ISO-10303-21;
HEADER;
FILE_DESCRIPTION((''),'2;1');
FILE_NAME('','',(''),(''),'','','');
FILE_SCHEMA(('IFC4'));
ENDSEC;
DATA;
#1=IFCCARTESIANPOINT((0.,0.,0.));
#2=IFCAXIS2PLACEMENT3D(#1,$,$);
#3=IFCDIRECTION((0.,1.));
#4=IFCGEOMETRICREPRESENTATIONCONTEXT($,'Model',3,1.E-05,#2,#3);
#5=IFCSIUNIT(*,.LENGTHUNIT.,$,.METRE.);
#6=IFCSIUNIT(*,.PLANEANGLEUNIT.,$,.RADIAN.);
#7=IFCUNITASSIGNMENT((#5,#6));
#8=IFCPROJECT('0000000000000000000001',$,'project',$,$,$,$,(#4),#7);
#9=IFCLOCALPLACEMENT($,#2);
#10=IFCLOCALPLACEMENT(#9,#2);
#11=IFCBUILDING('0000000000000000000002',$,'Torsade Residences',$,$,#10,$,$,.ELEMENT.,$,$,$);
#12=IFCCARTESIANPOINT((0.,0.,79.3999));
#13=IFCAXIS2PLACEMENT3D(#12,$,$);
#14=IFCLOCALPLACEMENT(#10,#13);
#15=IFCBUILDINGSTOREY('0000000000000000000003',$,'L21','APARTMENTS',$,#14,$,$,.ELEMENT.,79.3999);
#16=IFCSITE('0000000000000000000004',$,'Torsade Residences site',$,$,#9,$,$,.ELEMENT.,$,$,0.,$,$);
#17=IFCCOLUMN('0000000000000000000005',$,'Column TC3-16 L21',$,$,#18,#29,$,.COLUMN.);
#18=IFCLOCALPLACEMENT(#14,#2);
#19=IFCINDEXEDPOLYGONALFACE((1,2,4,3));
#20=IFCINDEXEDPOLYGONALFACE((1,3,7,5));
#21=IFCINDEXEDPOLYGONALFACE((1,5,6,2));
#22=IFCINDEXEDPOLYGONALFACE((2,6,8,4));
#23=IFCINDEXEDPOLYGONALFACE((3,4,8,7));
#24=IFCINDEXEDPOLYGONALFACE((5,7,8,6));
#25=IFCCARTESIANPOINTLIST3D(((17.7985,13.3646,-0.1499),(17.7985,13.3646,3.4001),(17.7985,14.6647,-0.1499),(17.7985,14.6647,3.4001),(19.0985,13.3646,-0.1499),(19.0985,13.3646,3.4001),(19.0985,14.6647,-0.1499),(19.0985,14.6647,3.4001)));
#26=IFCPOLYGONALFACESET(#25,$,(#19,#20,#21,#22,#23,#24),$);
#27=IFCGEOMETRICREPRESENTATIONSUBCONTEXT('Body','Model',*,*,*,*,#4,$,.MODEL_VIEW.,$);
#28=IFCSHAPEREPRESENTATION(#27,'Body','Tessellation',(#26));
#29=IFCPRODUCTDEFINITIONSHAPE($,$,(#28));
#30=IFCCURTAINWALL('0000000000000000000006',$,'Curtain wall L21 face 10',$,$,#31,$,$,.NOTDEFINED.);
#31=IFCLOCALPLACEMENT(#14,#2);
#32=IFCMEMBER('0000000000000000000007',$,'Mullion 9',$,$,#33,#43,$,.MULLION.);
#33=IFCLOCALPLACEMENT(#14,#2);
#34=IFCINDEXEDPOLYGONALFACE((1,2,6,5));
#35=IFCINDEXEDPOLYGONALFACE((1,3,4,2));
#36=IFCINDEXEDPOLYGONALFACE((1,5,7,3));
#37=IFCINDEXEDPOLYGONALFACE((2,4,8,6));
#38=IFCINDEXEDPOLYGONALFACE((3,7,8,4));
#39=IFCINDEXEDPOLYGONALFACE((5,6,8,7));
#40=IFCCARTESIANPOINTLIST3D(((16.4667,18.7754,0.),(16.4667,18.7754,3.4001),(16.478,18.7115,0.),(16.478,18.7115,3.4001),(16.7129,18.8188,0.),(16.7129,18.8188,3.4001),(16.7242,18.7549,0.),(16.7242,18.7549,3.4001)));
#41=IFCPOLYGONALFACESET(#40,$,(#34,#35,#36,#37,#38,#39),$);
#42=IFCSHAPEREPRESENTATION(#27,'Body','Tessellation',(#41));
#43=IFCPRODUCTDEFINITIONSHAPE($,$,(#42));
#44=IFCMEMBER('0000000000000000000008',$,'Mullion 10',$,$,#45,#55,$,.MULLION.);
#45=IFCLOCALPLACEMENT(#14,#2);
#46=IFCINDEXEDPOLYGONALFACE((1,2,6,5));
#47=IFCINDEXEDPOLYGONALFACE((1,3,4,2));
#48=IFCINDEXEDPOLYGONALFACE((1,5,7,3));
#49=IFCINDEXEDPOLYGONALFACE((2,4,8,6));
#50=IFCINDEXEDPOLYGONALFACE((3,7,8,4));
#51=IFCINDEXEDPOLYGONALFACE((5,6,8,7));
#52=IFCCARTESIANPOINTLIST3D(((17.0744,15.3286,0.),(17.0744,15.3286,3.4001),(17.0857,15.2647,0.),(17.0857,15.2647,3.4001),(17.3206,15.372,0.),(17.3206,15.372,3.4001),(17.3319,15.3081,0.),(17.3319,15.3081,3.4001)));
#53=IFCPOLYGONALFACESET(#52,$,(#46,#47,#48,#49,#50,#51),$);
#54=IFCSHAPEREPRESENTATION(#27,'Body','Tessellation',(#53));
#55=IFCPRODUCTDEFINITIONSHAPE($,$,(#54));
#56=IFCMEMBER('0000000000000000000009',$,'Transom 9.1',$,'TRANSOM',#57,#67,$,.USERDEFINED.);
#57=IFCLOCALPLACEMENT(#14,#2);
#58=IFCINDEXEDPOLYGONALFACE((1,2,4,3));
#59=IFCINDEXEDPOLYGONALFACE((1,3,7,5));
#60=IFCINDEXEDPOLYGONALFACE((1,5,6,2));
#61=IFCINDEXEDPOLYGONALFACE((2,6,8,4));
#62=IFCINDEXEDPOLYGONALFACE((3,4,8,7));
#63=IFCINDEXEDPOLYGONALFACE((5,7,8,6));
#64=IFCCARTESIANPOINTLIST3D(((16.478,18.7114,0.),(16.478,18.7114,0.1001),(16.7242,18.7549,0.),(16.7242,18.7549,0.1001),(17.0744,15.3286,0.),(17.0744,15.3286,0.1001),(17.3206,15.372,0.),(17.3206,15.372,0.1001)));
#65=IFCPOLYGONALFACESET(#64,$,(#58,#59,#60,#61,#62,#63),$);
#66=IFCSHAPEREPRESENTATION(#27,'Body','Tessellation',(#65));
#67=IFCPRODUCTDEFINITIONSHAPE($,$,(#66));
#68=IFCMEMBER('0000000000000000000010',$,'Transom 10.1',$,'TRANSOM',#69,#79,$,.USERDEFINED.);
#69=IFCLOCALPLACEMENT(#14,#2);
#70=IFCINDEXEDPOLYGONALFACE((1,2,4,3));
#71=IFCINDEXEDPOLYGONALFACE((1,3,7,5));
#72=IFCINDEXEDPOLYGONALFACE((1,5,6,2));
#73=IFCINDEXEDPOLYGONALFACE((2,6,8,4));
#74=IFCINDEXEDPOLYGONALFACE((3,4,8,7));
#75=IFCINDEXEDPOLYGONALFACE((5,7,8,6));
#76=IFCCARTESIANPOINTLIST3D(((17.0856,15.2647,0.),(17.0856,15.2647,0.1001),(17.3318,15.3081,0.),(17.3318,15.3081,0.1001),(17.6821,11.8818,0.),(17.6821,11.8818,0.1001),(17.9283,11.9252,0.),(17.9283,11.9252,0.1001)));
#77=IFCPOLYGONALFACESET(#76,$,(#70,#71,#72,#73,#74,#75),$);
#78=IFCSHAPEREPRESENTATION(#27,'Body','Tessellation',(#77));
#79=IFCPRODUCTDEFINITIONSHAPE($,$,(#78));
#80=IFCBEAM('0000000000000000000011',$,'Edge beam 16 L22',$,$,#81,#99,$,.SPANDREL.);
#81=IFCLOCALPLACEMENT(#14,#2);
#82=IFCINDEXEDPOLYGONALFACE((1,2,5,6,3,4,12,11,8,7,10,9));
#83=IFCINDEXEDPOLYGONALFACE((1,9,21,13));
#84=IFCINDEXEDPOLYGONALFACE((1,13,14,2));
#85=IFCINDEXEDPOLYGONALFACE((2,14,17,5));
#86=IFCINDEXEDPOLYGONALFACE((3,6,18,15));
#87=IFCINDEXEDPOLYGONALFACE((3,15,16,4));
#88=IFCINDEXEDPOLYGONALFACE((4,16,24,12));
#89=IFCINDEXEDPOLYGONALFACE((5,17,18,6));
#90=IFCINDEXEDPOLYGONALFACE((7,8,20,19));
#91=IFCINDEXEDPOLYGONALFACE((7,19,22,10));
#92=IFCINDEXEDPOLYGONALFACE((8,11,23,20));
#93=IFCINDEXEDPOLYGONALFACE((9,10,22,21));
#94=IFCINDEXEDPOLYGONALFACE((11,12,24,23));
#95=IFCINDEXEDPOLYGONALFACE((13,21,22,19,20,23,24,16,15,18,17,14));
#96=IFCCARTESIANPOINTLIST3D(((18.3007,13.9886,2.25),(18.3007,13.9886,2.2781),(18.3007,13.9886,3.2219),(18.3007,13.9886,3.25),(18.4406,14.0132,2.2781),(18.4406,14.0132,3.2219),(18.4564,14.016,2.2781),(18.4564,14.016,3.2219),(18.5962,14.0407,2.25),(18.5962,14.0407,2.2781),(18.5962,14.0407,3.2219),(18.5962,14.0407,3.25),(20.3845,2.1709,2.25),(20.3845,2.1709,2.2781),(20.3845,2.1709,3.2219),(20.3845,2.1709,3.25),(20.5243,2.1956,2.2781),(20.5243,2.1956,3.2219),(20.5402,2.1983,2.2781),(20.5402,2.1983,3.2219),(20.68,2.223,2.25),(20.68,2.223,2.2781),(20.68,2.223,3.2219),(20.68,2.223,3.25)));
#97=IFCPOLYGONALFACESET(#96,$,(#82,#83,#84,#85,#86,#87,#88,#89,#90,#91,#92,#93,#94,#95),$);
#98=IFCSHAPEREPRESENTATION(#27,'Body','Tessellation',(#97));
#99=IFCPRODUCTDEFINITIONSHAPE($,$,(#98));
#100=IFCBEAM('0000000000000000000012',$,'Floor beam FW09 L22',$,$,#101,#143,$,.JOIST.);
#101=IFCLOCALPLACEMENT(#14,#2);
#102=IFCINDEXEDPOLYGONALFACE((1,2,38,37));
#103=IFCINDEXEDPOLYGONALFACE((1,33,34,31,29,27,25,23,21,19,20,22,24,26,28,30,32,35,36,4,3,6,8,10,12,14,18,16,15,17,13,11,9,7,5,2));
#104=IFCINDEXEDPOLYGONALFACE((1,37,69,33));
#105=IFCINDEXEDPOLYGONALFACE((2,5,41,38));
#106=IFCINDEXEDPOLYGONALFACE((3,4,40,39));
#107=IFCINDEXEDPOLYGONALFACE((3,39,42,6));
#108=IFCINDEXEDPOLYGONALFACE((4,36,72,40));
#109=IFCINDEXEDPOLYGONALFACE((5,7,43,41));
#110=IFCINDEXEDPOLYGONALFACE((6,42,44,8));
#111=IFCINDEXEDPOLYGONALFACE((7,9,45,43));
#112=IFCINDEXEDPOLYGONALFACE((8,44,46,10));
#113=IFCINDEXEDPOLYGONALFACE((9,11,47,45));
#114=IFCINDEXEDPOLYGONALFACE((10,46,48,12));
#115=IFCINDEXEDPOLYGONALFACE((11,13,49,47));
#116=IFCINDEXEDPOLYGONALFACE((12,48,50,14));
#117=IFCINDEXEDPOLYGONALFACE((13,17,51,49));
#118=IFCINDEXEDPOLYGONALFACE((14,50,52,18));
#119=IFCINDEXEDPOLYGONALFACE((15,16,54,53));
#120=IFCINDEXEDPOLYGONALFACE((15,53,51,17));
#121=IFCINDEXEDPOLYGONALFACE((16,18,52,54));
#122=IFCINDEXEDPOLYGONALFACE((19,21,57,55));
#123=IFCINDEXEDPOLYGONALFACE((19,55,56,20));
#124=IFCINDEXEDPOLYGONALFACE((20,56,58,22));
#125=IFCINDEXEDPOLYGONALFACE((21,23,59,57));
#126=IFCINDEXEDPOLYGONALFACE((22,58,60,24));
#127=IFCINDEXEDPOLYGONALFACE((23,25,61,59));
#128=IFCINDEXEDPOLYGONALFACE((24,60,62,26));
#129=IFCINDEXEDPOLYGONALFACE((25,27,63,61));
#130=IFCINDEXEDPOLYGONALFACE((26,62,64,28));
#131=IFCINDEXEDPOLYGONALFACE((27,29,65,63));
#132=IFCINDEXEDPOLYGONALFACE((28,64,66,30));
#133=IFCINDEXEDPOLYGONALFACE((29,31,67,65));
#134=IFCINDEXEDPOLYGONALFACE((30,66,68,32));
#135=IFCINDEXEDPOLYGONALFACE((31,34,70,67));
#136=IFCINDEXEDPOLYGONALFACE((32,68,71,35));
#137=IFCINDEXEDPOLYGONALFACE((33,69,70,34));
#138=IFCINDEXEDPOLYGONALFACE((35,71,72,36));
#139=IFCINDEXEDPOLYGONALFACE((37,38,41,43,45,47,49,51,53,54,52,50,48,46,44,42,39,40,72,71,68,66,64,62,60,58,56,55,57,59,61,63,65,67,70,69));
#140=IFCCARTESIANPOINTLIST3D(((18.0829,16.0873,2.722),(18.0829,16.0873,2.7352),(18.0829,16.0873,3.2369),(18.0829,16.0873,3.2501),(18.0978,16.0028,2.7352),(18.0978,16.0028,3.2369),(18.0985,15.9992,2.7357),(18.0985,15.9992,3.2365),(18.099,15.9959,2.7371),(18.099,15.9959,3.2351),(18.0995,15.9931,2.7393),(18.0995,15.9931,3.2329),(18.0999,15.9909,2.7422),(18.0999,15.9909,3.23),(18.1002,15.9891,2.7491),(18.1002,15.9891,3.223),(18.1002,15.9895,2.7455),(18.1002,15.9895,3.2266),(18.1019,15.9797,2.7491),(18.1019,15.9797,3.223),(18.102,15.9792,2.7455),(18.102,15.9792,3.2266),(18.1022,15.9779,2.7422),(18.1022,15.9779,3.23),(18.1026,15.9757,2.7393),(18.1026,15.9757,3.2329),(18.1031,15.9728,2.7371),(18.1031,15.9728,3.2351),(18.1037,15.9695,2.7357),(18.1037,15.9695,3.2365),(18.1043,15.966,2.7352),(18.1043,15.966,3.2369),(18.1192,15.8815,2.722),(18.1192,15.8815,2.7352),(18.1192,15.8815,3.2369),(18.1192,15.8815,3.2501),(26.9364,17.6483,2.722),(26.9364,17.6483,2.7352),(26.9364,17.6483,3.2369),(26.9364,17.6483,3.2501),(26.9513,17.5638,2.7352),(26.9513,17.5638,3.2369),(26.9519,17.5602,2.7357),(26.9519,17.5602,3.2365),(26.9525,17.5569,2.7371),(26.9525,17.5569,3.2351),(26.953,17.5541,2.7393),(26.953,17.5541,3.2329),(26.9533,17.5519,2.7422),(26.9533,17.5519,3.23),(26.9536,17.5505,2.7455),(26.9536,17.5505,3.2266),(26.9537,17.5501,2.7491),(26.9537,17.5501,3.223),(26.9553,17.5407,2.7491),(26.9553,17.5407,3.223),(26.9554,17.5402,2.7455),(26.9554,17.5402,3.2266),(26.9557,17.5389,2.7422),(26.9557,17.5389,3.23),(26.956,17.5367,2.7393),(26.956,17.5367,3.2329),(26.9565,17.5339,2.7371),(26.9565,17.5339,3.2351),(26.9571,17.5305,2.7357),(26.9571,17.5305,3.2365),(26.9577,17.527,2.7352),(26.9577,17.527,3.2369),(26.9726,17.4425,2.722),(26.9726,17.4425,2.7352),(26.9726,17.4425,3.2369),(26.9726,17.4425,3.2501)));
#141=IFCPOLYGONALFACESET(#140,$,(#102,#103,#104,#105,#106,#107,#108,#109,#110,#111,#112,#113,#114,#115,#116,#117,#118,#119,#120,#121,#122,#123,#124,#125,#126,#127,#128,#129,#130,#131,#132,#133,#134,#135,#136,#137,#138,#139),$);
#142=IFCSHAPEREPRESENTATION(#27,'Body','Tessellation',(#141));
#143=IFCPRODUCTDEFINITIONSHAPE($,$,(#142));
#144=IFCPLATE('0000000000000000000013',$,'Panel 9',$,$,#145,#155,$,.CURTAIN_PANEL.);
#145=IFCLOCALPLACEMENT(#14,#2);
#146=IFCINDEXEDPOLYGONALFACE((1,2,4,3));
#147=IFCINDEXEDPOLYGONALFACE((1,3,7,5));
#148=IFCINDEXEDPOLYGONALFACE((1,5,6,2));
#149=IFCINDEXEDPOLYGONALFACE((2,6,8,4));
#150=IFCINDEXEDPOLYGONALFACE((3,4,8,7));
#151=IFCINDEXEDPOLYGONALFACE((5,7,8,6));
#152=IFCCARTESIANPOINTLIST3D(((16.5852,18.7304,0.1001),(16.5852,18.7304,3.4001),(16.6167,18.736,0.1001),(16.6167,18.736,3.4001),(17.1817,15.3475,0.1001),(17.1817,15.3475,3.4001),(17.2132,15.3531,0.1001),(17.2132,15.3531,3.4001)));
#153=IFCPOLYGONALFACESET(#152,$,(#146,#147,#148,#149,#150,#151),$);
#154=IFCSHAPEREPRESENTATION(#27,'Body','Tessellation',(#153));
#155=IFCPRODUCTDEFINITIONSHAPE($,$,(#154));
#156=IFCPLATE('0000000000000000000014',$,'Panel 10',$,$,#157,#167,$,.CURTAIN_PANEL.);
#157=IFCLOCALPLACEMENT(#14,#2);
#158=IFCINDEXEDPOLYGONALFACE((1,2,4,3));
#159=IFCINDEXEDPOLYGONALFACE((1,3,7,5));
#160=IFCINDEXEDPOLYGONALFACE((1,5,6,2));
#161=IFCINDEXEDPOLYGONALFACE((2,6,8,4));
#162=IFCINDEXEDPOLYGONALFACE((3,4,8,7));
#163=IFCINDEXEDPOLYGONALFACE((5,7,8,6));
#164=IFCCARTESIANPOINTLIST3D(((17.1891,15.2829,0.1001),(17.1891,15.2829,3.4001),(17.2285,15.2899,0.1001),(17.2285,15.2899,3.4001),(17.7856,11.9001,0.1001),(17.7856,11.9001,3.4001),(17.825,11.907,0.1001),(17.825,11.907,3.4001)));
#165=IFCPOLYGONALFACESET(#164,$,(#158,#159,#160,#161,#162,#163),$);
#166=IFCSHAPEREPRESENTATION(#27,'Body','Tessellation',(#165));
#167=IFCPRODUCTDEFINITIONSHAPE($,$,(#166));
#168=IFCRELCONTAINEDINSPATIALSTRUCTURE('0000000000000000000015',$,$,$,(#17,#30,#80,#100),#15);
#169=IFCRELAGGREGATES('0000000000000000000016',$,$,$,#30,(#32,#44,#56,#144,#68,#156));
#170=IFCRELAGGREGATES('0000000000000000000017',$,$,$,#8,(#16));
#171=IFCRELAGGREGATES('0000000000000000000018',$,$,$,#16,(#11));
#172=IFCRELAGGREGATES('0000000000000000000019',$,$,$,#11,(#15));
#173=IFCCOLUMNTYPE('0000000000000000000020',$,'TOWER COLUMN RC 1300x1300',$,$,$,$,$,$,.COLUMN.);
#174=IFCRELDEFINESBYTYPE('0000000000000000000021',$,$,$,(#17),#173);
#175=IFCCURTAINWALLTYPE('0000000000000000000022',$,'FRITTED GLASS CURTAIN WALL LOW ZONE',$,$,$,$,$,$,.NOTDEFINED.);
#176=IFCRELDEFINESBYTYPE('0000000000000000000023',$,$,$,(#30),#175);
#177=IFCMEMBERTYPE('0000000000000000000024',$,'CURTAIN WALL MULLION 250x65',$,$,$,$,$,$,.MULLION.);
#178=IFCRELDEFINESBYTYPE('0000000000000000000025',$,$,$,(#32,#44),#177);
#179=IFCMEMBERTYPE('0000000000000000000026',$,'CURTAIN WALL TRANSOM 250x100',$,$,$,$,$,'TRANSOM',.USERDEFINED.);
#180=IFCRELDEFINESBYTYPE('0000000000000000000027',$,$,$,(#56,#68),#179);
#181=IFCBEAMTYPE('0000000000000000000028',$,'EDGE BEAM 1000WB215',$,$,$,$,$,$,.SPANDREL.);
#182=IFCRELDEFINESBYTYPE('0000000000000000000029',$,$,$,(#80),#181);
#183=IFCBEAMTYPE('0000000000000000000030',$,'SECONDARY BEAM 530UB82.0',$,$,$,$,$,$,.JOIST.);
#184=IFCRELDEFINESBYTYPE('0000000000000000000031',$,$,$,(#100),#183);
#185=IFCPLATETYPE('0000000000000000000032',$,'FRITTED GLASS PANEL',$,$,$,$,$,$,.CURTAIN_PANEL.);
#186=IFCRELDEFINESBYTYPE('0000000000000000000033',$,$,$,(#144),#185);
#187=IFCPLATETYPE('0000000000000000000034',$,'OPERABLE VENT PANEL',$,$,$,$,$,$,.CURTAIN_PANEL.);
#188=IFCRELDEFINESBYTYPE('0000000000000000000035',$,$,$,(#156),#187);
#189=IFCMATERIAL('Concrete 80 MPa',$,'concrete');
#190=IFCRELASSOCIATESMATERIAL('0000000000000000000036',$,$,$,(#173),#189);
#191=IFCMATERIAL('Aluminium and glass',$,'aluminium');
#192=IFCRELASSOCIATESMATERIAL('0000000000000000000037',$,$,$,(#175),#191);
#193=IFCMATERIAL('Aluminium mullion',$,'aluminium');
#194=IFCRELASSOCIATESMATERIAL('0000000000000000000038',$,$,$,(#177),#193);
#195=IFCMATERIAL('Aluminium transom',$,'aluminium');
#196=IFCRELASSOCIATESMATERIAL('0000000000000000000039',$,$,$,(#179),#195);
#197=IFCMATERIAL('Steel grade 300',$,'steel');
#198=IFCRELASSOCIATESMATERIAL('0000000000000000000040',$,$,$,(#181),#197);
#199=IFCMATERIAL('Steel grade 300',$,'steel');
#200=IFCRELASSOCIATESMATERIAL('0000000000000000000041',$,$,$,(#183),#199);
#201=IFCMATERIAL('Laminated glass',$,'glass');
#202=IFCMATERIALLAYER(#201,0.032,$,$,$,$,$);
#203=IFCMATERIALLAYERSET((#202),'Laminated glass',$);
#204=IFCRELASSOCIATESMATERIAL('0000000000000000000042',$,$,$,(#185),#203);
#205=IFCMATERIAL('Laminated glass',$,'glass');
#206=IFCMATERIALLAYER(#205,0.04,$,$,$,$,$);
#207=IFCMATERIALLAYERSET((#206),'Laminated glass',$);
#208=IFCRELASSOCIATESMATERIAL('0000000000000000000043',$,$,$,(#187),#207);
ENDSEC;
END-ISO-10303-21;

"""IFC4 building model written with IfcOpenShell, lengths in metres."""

from ifc_helpers import new_model, si_unit, direction, frame, origin, origin_2d, place, context, subcontext, project, spatial, rectangle, i_section, extrude, material, layer, layer_set, material_profile, profile_set, type_object, element, aggregate, save


model = new_model("IFC4")

# Units and contexts
model_context = context("Model", 3, precision=1e-05, world=origin(), true_north=direction((0.0, 1.0)))
body_context = subcontext(model_context, "Body", "Model", "MODEL_VIEW")
ifc_project = project(units=[si_unit("LENGTHUNIT", "METRE"), si_unit("PLANEANGLEUNIT", "RADIAN")], contexts=[model_context])

# Site, building, storey
site_placement = place(None, origin())
site = spatial("IfcSite", under=ifc_project, at=site_placement, Name="Torsade Residences site", CompositionType="ELEMENT", RefElevation=0.0)
building_placement = place(site_placement, origin())
building = spatial("IfcBuilding", under=site, at=building_placement, Name="Torsade Residences", CompositionType="ELEMENT")
storey_placement = place(building_placement, frame((0.0, 0.0, 79.3999)))
storey = spatial("IfcBuildingStorey", under=building, at=storey_placement, Name="L21", Description="APARTMENTS", CompositionType="ELEMENT", Elevation=79.3999)

# Column
ifc_material_1 = material(Name="Concrete 80 MPa", Category="concrete")
ifc_material_profile_1 = material_profile(ifc_material_1, rectangle(XDim=1.3, YDim=1.3, at=origin_2d()), Name="RC 1300x1300")
ifc_profile_set_1 = profile_set([ifc_material_profile_1], Name="Concrete 80 MPa")
column_type = type_object("IfcColumnType", Name="TOWER COLUMN RC 1300x1300", PredefinedType="COLUMN", material=ifc_profile_set_1)
column_placement = place(storey_placement, frame((18.4485, 14.0146, -0.1499), z_axis=(0.0, 0.0, 1.0), x_axis=(1.0, 0.0, 0.0)))
element("IfcColumn", 1, at=column_placement, inside=storey, type_object=column_type, Name="Column TC3-16 L21", PredefinedType="COLUMN", context=body_context, shape_type="SweptSolid", body=[
    extrude(rectangle(XDim=1.3, YDim=1.3, at=origin_2d()), origin(), (0.0, 0.0, 1.0), 3.55),
])

# Curtain wall, members
ifc_material_2 = material(Name="Aluminium and glass", Category="aluminium")
curtain_wall_type = type_object("IfcCurtainWallType", Name="FRITTED GLASS CURTAIN WALL LOW ZONE", PredefinedType="NOTDEFINED", material=ifc_material_2)
curtain_wall_placement = place(storey_placement, origin())
curtain_wall = element("IfcCurtainWall", 2, at=curtain_wall_placement, inside=storey, type_object=curtain_wall_type, Name="Curtain wall L21 face 10", PredefinedType="NOTDEFINED")
ifc_material_3 = material(Name="Aluminium mullion", Category="aluminium")
ifc_material_profile_2 = material_profile(ifc_material_3, rectangle(XDim=0.25, YDim=0.0649, at=origin_2d()), Name="CURTAIN WALL MULLION 250x65")
ifc_profile_set_2 = profile_set([ifc_material_profile_2], Name="Aluminium mullion")
member_type_1 = type_object("IfcMemberType", Name="CURTAIN WALL MULLION 250x65", PredefinedType="MULLION", material=ifc_profile_set_2)
member_1_placement = place(storey_placement, frame((16.5955, 18.7651, 0.0), z_axis=(0.0, 0.0, 1.0), x_axis=(0.984808, 0.173648, 0.0)))
member_1 = element("IfcMember", 3, at=member_1_placement, type_object=member_type_1, Name="Mullion 9", PredefinedType="MULLION", context=body_context, shape_type="SweptSolid", body=[
    extrude(rectangle(XDim=0.25, YDim=0.0649, at=origin_2d()), origin(), (0.0, 0.0, 1.0), 3.4001),
])
member_2_placement = place(storey_placement, frame((17.2031, 15.3184, 0.0), z_axis=(0.0, 0.0, 1.0), x_axis=(0.984808, 0.173648, 0.0)))
member_2 = element("IfcMember", 4, at=member_2_placement, type_object=member_type_1, Name="Mullion 10", PredefinedType="MULLION", context=body_context, shape_type="SweptSolid", body=[
    extrude(rectangle(XDim=0.25, YDim=0.0649, at=origin_2d()), origin(), (0.0, 0.0, 1.0), 3.4001),
])
ifc_material_4 = material(Name="Aluminium transom", Category="aluminium")
ifc_material_profile_3 = material_profile(ifc_material_4, rectangle(XDim=0.25, YDim=0.1001, at=origin_2d()), Name="CURTAIN WALL TRANSOM 250x100")
ifc_profile_set_3 = profile_set([ifc_material_profile_3], Name="Aluminium transom")
member_type_2 = type_object("IfcMemberType", Name="CURTAIN WALL TRANSOM 250x100", ElementType="TRANSOM", PredefinedType="USERDEFINED", material=ifc_profile_set_3)
member_3_placement = place(storey_placement, frame((16.6011, 18.7332, 0.05), z_axis=(0.173635, -0.98481, 0.0), x_axis=(0.98481, 0.173635, 0.0)))
member_3 = element("IfcMember", 5, at=member_3_placement, type_object=member_type_2, Name="Transom 9.1", ObjectType="TRANSOM", PredefinedType="USERDEFINED", context=body_context, shape_type="SweptSolid", body=[
    extrude(rectangle(XDim=0.25, YDim=0.1001, at=origin_2d()), origin(), (0.0, 0.0, 1.0), 3.4351),
])
member_4_placement = place(storey_placement, frame((17.2087, 15.2864, 0.05), z_axis=(0.173635, -0.98481, 0.0), x_axis=(0.98481, 0.173635, 0.0)))
member_4 = element("IfcMember", 6, at=member_4_placement, type_object=member_type_2, Name="Transom 10.1", ObjectType="TRANSOM", PredefinedType="USERDEFINED", context=body_context, shape_type="SweptSolid", body=[
    extrude(rectangle(XDim=0.25, YDim=0.1001, at=origin_2d()), origin(), (0.0, 0.0, 1.0), 3.4351),
])

# Beams
ifc_material_5 = material(Name="Steel grade 300", Category="steel")
ifc_material_profile_4 = material_profile(ifc_material_5, i_section(OverallWidth=0.3, OverallDepth=1.0, WebThickness=0.0161, FlangeThickness=0.0281, at=origin_2d()), Name="1000WB215")
ifc_profile_set_4 = profile_set([ifc_material_profile_4], Name="Steel grade 300")
beam_type_1 = type_object("IfcBeamType", Name="EDGE BEAM 1000WB215", PredefinedType="SPANDREL", material=ifc_profile_set_4)
beam_1_placement = place(storey_placement, frame((18.4485, 14.0146, 2.75), z_axis=(0.173646, -0.984808, 0.0), x_axis=(0.984808, 0.173646, 0.0)))
element("IfcBeam", 7, at=beam_1_placement, inside=storey, type_object=beam_type_1, Name="Edge beam 16 L22", PredefinedType="SPANDREL", context=body_context, shape_type="SweptSolid", body=[
    extrude(i_section(OverallWidth=0.3, OverallDepth=1.0, WebThickness=0.0161, FlangeThickness=0.0281, at=origin_2d()), origin(), (0.0, 0.0, 1.0), 12.0),
])
ifc_material_6 = material(Name="Steel grade 300", Category="steel")
ifc_material_profile_5 = material_profile(ifc_material_6, i_section(OverallWidth=0.209, OverallDepth=0.5281, WebThickness=0.0095, FlangeThickness=0.0132, FilletRadius=0.0139, at=origin_2d()), Name="530UB82.0")
ifc_profile_set_5 = profile_set([ifc_material_profile_5], Name="Steel grade 300")
beam_type_2 = type_object("IfcBeamType", Name="SECONDARY BEAM 530UB82.0", PredefinedType="JOIST", material=ifc_profile_set_5)
beam_2_placement = place(storey_placement, frame((18.1011, 15.9844, 2.9861), z_axis=(0.984809, 0.17364, 0.0), x_axis=(-0.17364, 0.984809, 0.0)))
element("IfcBeam", 8, at=beam_2_placement, inside=storey, type_object=beam_type_2, Name="Floor beam FW09 L22", PredefinedType="JOIST", context=body_context, shape_type="SweptSolid", body=[
    extrude(i_section(OverallWidth=0.209, OverallDepth=0.5281, WebThickness=0.0095, FlangeThickness=0.0132, FilletRadius=0.0139, at=origin_2d()), origin(), (0.0, 0.0, 1.0), 8.99),
])

# Plates
ifc_material_7 = material(Name="Laminated glass", Category="glass")
ifc_layer_1 = layer(ifc_material_7, 0.032)
ifc_layer_set_1 = layer_set([ifc_layer_1], Name="Laminated glass")
plate_type_1 = type_object("IfcPlateType", Name="FRITTED GLASS PANEL", PredefinedType="CURTAIN_PANEL", material=ifc_layer_set_1)
plate_1_placement = place(storey_placement, frame((16.8992, 17.0417, 0.1001), z_axis=(0.0, 0.0, 1.0), x_axis=(0.173648, -0.984808, 0.0)))
plate_1 = element("IfcPlate", 9, at=plate_1_placement, type_object=plate_type_1, Name="Panel 9", PredefinedType="CURTAIN_PANEL", context=body_context, shape_type="SweptSolid", body=[
    extrude(rectangle(XDim=3.4351, YDim=0.032, at=origin_2d()), origin(), (0.0, 0.0, 1.0), 3.3),
])
ifc_material_8 = material(Name="Laminated glass", Category="glass")
ifc_layer_2 = layer(ifc_material_8, 0.04)
ifc_layer_set_2 = layer_set([ifc_layer_2], Name="Laminated glass")
plate_type_2 = type_object("IfcPlateType", Name="OPERABLE VENT PANEL", PredefinedType="CURTAIN_PANEL", material=ifc_layer_set_2)
plate_2_placement = place(storey_placement, frame((17.5071, 13.595, 0.1001), z_axis=(0.0, 0.0, 1.0), x_axis=(0.173648, -0.984808, 0.0)))
plate_2 = element("IfcPlate", 10, at=plate_2_placement, type_object=plate_type_2, Name="Panel 10", PredefinedType="CURTAIN_PANEL", context=body_context, shape_type="SweptSolid", body=[
    extrude(rectangle(XDim=3.4351, YDim=0.04, at=origin_2d()), origin(), (0.0, 0.0, 1.0), 3.3),
])
aggregate(curtain_wall, [member_1, member_2, member_3, plate_1, member_4, plate_2])

save(model, "model.ifc")
